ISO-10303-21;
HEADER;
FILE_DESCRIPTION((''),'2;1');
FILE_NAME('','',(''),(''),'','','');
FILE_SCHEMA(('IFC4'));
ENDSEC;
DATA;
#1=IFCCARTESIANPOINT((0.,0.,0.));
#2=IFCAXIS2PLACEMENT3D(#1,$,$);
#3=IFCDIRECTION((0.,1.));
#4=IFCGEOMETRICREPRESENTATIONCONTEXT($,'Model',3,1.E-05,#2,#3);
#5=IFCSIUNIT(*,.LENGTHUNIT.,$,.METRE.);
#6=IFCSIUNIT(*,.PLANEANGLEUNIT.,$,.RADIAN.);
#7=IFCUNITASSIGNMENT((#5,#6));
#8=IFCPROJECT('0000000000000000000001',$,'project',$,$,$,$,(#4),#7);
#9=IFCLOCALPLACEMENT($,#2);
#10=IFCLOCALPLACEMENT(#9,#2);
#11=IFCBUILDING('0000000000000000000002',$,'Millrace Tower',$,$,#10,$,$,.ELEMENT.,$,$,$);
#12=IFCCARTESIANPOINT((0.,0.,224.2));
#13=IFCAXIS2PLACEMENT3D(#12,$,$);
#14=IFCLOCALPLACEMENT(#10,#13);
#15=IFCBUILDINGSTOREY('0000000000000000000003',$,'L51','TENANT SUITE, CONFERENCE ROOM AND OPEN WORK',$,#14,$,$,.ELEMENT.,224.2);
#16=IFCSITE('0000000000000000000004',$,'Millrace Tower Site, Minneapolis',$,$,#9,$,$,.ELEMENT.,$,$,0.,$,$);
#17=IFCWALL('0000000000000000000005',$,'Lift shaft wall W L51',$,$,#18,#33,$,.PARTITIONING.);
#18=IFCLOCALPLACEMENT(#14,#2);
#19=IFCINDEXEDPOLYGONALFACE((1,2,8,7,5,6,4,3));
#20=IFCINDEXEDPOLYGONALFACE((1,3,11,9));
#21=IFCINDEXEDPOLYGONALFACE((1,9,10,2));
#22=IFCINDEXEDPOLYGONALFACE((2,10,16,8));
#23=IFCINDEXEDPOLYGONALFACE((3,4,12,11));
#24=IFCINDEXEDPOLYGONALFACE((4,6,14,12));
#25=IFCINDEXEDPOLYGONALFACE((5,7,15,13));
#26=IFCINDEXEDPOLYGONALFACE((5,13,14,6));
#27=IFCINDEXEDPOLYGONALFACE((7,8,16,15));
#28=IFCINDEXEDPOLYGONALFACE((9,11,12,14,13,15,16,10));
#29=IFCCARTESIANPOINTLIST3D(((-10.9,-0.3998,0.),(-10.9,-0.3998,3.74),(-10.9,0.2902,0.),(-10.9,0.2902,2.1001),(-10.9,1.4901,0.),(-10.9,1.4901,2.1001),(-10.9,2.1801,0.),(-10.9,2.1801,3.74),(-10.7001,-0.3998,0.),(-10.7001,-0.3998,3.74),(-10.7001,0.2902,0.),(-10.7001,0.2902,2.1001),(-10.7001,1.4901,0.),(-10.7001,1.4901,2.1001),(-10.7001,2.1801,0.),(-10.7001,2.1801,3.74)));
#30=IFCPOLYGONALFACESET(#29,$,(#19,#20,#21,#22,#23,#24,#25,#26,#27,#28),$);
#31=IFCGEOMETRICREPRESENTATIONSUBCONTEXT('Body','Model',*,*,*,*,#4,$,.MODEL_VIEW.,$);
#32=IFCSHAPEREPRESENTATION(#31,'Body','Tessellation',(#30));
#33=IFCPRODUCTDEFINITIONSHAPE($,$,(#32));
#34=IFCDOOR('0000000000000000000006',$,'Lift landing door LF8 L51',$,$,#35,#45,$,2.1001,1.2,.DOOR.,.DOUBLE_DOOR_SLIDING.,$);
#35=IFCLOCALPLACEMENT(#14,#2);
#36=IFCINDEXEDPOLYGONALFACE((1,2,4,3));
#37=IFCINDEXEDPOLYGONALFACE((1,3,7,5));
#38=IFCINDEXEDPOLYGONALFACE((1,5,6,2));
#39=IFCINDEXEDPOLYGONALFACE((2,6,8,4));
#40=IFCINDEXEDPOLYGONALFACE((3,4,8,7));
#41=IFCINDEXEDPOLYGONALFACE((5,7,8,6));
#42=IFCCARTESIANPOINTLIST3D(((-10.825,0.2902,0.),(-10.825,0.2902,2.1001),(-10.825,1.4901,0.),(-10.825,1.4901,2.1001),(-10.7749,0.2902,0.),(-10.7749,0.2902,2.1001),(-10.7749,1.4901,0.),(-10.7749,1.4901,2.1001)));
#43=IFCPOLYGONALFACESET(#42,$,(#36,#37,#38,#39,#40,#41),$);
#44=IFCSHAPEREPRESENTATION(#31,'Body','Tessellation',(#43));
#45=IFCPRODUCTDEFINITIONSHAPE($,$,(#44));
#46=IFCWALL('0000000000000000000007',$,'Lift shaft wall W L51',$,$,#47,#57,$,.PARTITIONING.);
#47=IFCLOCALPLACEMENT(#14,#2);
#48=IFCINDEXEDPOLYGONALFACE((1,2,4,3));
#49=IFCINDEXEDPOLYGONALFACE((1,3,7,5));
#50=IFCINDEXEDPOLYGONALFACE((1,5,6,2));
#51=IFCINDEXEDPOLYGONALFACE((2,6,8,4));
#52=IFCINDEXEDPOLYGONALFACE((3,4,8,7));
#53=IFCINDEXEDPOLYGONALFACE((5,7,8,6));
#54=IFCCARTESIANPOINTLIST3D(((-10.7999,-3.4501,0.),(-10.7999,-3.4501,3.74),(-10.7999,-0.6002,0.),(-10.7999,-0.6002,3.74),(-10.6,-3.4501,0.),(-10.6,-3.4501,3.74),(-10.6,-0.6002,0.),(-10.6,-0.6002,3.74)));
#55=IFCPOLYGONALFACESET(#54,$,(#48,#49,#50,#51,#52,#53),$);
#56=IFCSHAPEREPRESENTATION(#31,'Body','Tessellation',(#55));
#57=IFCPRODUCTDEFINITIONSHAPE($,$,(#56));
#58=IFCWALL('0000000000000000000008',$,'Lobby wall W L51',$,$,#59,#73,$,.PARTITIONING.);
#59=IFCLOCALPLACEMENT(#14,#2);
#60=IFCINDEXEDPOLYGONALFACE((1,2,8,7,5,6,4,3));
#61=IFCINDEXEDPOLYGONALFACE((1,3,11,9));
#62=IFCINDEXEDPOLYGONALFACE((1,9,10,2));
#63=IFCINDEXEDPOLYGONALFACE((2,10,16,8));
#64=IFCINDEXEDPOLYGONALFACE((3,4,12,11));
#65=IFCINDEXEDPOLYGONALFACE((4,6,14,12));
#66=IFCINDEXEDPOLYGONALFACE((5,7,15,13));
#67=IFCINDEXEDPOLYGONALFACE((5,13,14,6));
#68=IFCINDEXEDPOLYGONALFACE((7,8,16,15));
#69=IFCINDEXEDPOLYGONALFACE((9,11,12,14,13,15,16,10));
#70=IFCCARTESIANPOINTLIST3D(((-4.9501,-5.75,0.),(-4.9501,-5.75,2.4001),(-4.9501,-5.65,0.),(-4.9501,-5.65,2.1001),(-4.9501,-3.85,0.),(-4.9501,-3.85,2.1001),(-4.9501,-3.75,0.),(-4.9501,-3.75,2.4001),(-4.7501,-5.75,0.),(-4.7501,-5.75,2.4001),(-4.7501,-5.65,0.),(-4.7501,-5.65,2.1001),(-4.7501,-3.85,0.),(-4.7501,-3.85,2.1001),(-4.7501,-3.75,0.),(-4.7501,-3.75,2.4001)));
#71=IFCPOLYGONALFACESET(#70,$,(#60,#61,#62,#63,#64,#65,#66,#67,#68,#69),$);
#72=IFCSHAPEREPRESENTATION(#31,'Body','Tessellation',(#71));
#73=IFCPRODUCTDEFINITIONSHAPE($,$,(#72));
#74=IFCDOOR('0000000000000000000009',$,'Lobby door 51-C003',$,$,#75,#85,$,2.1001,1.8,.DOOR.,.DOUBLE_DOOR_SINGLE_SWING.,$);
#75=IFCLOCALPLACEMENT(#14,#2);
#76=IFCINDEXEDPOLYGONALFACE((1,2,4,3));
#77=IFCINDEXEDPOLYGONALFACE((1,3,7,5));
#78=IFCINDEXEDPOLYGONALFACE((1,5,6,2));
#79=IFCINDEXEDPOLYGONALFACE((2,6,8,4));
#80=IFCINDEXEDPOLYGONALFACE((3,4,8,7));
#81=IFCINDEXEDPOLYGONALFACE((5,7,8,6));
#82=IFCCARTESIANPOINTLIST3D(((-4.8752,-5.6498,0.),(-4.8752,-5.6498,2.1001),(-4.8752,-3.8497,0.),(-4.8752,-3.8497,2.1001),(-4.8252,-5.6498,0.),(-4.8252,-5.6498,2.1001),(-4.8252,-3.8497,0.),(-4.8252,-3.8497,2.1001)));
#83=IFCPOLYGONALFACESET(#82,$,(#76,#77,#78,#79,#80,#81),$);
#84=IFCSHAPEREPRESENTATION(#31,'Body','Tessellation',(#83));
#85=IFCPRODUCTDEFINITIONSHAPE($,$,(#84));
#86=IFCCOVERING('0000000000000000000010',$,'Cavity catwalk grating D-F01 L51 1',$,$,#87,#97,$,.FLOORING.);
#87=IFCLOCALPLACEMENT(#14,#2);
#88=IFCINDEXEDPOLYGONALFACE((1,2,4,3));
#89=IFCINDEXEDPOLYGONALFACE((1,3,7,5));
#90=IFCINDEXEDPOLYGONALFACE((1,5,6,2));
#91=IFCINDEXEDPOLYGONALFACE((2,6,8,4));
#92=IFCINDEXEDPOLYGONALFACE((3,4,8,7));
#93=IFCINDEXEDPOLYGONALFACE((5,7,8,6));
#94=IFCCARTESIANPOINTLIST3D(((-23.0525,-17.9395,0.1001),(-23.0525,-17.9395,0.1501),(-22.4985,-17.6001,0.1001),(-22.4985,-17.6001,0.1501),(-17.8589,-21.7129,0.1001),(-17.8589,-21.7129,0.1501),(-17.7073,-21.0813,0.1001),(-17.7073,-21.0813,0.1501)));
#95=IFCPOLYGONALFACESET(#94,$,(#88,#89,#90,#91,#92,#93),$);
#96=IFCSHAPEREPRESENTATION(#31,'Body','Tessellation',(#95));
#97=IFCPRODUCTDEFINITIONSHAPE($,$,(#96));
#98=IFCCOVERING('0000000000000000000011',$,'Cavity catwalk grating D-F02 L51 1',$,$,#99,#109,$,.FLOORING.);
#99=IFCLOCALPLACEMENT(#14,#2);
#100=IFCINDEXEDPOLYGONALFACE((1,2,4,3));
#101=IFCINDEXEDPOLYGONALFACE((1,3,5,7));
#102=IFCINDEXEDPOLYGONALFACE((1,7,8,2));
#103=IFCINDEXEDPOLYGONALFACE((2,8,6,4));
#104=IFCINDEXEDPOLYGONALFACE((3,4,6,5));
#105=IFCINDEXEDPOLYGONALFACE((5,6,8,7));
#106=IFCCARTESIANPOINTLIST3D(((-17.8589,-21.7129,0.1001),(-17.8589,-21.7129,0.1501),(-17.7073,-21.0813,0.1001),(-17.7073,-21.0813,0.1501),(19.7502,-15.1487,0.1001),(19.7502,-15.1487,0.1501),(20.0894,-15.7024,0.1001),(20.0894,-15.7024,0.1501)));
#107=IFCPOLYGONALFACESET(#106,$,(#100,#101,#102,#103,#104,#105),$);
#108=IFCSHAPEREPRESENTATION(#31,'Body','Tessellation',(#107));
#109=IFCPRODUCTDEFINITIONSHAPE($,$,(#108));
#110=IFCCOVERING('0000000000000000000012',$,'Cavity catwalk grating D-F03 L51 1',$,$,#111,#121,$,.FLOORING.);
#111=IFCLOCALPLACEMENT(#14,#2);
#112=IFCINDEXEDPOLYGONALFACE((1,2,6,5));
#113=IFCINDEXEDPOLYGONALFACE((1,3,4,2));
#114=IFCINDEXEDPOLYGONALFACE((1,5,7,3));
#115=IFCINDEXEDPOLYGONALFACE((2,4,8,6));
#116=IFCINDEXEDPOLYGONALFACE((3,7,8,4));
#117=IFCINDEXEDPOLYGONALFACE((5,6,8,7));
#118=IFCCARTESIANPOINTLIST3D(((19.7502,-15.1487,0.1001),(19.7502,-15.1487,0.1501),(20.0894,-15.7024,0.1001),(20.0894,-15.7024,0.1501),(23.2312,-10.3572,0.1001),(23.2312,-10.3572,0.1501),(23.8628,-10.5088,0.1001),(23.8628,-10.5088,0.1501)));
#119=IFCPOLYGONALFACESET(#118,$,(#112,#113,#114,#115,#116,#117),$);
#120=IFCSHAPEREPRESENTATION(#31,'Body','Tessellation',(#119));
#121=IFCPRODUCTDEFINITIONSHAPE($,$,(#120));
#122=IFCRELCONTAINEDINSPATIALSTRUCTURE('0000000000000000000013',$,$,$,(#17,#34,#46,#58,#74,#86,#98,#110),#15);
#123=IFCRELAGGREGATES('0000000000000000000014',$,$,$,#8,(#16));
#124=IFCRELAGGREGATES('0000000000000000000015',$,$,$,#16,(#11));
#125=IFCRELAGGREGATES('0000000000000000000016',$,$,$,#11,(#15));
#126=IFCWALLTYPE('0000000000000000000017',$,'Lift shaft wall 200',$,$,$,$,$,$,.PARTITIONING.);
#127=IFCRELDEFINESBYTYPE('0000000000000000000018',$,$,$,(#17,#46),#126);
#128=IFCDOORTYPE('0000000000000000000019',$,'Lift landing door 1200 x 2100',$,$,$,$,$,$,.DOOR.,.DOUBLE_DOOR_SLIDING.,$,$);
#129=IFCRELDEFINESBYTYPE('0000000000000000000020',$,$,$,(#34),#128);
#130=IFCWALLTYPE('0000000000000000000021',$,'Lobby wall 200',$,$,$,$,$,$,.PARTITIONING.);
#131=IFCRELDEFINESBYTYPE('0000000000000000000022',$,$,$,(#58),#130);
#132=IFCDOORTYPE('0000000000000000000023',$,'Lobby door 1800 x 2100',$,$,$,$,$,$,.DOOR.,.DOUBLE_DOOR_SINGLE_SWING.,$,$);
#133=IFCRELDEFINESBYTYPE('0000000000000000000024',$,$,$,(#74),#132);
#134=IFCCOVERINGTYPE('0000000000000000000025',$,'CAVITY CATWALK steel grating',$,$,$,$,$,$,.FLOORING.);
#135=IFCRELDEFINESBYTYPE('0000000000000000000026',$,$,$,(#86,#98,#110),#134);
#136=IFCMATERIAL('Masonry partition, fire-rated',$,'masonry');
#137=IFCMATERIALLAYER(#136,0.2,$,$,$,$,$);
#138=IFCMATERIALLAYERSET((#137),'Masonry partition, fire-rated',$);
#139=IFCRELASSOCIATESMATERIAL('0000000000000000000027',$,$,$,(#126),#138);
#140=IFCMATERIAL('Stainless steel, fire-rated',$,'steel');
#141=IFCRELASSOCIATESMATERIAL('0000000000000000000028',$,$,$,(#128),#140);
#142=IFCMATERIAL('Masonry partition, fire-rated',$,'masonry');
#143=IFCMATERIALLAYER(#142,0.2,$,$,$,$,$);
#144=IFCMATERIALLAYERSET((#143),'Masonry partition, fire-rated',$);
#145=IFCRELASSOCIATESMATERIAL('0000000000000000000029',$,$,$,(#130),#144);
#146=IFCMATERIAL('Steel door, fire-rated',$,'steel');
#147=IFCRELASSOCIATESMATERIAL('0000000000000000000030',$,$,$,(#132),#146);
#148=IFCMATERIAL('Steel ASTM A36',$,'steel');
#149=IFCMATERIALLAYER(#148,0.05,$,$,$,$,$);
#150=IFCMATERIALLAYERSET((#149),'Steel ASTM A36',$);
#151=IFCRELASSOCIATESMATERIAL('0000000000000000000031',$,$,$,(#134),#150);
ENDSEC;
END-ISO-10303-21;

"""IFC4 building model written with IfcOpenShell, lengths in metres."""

from ifc_helpers import new_model, si_unit, direction, frame, frame_2d, origin, place, context, subcontext, project, spatial, polyline, rectangle, outline, extrude, material, layer, layer_set, type_object, element, fill, save


model = new_model("IFC4")

# Units and contexts
model_context = context("Model", 3, precision=1e-05, world=origin(), true_north=direction((0.0, 1.0)))
body_context = subcontext(model_context, "Body", "Model", "MODEL_VIEW")
ifc_project = project(units=[si_unit("LENGTHUNIT", "METRE"), si_unit("PLANEANGLEUNIT", "RADIAN")], contexts=[model_context])

# Site, building, storey
site_placement = place(None, origin())
site = spatial("IfcSite", under=ifc_project, at=site_placement, Name="Millrace Tower Site, Minneapolis", CompositionType="ELEMENT", RefElevation=0.0)
building_placement = place(site_placement, origin())
building = spatial("IfcBuilding", under=site, at=building_placement, Name="Millrace Tower", CompositionType="ELEMENT")
storey_placement = place(building_placement, frame((0.0, 0.0, 224.2)))
storey = spatial("IfcBuildingStorey", under=building, at=storey_placement, Name="L51", Description="TENANT SUITE, CONFERENCE ROOM AND OPEN WORK", CompositionType="ELEMENT", Elevation=224.2)

# Wall, opening, door
ifc_material_1 = material(Name="Masonry partition, fire-rated", Category="masonry")
ifc_layer_1 = layer(ifc_material_1, 0.2)
ifc_layer_set_1 = layer_set([ifc_layer_1], Name="Masonry partition, fire-rated")
wall_type_1 = type_object("IfcWallType", Name="Lift shaft wall 200", PredefinedType="PARTITIONING", material=ifc_layer_set_1)
wall_1_placement = place(storey_placement, frame((-10.8, -0.3999, 0.0), z_axis=(0.0, 0.0, 1.0), x_axis=(0.0, 1.0, 0.0)))
wall_1 = element("IfcWall", 1, at=wall_1_placement, inside=storey, type_object=wall_type_1, Name="Lift shaft wall W L51", PredefinedType="PARTITIONING", context=body_context, shape_type="SweptSolid", body=[
    extrude(rectangle(XDim=2.5798, YDim=0.2, at=frame_2d((1.29, 0.0))), origin(), (0.0, 0.0, 1.0), 3.74),
])
opening_1_placement = place(wall_1_placement, frame((0.6899, 0.0, 0.0)))
opening_1 = element("IfcOpeningElement", 2, at=opening_1_placement, cuts=wall_1, PredefinedType="OPENING", context=body_context, shape_type="SweptSolid", body=[
    extrude(rectangle(XDim=1.2, YDim=2.1001, at=frame_2d((0.6001, 1.05))), frame((0.0, 0.1099, 0.0), z_axis=(0.0, -1.0, 0.0), x_axis=(1.0, 0.0, 0.0)), (0.0, 0.0, 1.0), 0.22),
])
ifc_material_2 = material(Name="Stainless steel, fire-rated", Category="steel")
door_type_1 = type_object("IfcDoorType", Name="Lift landing door 1200 x 2100", OperationType="DOUBLE_DOOR_SLIDING", PredefinedType="DOOR", material=ifc_material_2)
door_1_placement = place(opening_1_placement, origin())
door_1 = element("IfcDoor", 3, at=door_1_placement, inside=storey, type_object=door_type_1, Name="Lift landing door LF8 L51", OperationType="DOUBLE_DOOR_SLIDING", OverallHeight=2.1001, OverallWidth=1.2, PredefinedType="DOOR", context=body_context, shape_type="SweptSolid", body=[
    extrude(rectangle(XDim=1.2, YDim=2.1001, at=frame_2d((0.6001, 1.05))), frame((0.0, 0.0249, 0.0), z_axis=(0.0, -1.0, 0.0), x_axis=(1.0, 0.0, 0.0)), (0.0, 0.0, 1.0), 0.05),
])
fill(opening_1, door_1)

# Wall
wall_2_placement = place(storey_placement, frame((-10.7, -3.45, 0.0), z_axis=(0.0, 0.0, 1.0), x_axis=(0.0, 1.0, 0.0)))
element("IfcWall", 4, at=wall_2_placement, inside=storey, type_object=wall_type_1, Name="Lift shaft wall W L51", PredefinedType="PARTITIONING", context=body_context, shape_type="SweptSolid", body=[
    extrude(rectangle(XDim=2.8499, YDim=0.2, at=frame_2d((1.4248, 0.0))), origin(), (0.0, 0.0, 1.0), 3.74),
])

# Wall, opening, door
ifc_material_3 = material(Name="Masonry partition, fire-rated", Category="masonry")
ifc_layer_2 = layer(ifc_material_3, 0.2)
ifc_layer_set_2 = layer_set([ifc_layer_2], Name="Masonry partition, fire-rated")
wall_type_2 = type_object("IfcWallType", Name="Lobby wall 200", PredefinedType="PARTITIONING", material=ifc_layer_set_2)
wall_3_placement = place(storey_placement, frame((-4.8501, -5.75, 0.0), z_axis=(0.0, 0.0, 1.0), x_axis=(0.0, 1.0, 0.0)))
wall_3 = element("IfcWall", 5, at=wall_3_placement, inside=storey, type_object=wall_type_2, Name="Lobby wall W L51", PredefinedType="PARTITIONING", context=body_context, shape_type="SweptSolid", body=[
    extrude(rectangle(XDim=2.0, YDim=0.2, at=frame_2d((1.0, 0.0))), origin(), (0.0, 0.0, 1.0), 2.4001),
])
opening_2_placement = place(wall_3_placement, frame((0.1001, 0.0, 0.0)))
opening_2 = element("IfcOpeningElement", 6, at=opening_2_placement, cuts=wall_3, PredefinedType="OPENING", context=body_context, shape_type="SweptSolid", body=[
    extrude(rectangle(XDim=1.8, YDim=2.1001, at=frame_2d((0.8999, 1.05))), frame((0.0, 0.1099, 0.0), z_axis=(0.0, -1.0, 0.0), x_axis=(1.0, 0.0, 0.0)), (0.0, 0.0, 1.0), 0.22),
])
ifc_material_4 = material(Name="Steel door, fire-rated", Category="steel")
door_type_2 = type_object("IfcDoorType", Name="Lobby door 1800 x 2100", OperationType="DOUBLE_DOOR_SINGLE_SWING", PredefinedType="DOOR", material=ifc_material_4)
door_2_placement = place(opening_2_placement, frame((1.8, 0.0, 0.0), z_axis=(0.0, 0.0, 1.0), x_axis=(-1.0, 0.0, 0.0)))
door_2 = element("IfcDoor", 7, at=door_2_placement, inside=storey, type_object=door_type_2, Name="Lobby door 51-C003", OperationType="DOUBLE_DOOR_SINGLE_SWING", OverallHeight=2.1001, OverallWidth=1.8, PredefinedType="DOOR", context=body_context, shape_type="SweptSolid", body=[
    extrude(rectangle(XDim=1.8, YDim=2.1001, at=frame_2d((0.8999, 1.05))), frame((0.0, 0.0249, 0.0), z_axis=(0.0, -1.0, 0.0), x_axis=(1.0, 0.0, 0.0)), (0.0, 0.0, 1.0), 0.05),
])
fill(opening_2, door_2)

# Coverings
ifc_material_5 = material(Name="Steel ASTM A36", Category="steel")
ifc_layer_3 = layer(ifc_material_5, 0.05)
ifc_layer_set_3 = layer_set([ifc_layer_3], Name="Steel ASTM A36")
covering_type = type_object("IfcCoveringType", Name="CAVITY CATWALK steel grating", PredefinedType="FLOORING", material=ifc_layer_set_3)
placement_1 = place(storey_placement, frame((0.0, 0.0, 0.1001)))
element("IfcCovering", 8, at=placement_1, inside=storey, type_object=covering_type, Name="Cavity catwalk grating D-F01 L51 1", PredefinedType="FLOORING", context=body_context, shape_type="SweptSolid", body=[
    extrude(outline(polyline([(-23.0525, -17.9395), (-17.8589, -21.7129), (-17.7073, -21.0813), (-22.4985, -17.6001), (-23.0525, -17.9395)])), origin(), (0.0, 0.0, 1.0), 0.05),
])
element("IfcCovering", 9, at=placement_1, inside=storey, type_object=covering_type, Name="Cavity catwalk grating D-F02 L51 1", PredefinedType="FLOORING", context=body_context, shape_type="SweptSolid", body=[
    extrude(outline(polyline([(-17.8589, -21.7129), (20.0894, -15.7024), (19.7502, -15.1487), (-17.7073, -21.0813), (-17.8589, -21.7129)])), origin(), (0.0, 0.0, 1.0), 0.05),
])
element("IfcCovering", 10, at=placement_1, inside=storey, type_object=covering_type, Name="Cavity catwalk grating D-F03 L51 1", PredefinedType="FLOORING", context=body_context, shape_type="SweptSolid", body=[
    extrude(outline(polyline([(20.0894, -15.7024), (23.8628, -10.5088), (23.2312, -10.3572), (19.7502, -15.1487), (20.0894, -15.7024)])), origin(), (0.0, 0.0, 1.0), 0.05),
])

save(model, "model.ifc")
